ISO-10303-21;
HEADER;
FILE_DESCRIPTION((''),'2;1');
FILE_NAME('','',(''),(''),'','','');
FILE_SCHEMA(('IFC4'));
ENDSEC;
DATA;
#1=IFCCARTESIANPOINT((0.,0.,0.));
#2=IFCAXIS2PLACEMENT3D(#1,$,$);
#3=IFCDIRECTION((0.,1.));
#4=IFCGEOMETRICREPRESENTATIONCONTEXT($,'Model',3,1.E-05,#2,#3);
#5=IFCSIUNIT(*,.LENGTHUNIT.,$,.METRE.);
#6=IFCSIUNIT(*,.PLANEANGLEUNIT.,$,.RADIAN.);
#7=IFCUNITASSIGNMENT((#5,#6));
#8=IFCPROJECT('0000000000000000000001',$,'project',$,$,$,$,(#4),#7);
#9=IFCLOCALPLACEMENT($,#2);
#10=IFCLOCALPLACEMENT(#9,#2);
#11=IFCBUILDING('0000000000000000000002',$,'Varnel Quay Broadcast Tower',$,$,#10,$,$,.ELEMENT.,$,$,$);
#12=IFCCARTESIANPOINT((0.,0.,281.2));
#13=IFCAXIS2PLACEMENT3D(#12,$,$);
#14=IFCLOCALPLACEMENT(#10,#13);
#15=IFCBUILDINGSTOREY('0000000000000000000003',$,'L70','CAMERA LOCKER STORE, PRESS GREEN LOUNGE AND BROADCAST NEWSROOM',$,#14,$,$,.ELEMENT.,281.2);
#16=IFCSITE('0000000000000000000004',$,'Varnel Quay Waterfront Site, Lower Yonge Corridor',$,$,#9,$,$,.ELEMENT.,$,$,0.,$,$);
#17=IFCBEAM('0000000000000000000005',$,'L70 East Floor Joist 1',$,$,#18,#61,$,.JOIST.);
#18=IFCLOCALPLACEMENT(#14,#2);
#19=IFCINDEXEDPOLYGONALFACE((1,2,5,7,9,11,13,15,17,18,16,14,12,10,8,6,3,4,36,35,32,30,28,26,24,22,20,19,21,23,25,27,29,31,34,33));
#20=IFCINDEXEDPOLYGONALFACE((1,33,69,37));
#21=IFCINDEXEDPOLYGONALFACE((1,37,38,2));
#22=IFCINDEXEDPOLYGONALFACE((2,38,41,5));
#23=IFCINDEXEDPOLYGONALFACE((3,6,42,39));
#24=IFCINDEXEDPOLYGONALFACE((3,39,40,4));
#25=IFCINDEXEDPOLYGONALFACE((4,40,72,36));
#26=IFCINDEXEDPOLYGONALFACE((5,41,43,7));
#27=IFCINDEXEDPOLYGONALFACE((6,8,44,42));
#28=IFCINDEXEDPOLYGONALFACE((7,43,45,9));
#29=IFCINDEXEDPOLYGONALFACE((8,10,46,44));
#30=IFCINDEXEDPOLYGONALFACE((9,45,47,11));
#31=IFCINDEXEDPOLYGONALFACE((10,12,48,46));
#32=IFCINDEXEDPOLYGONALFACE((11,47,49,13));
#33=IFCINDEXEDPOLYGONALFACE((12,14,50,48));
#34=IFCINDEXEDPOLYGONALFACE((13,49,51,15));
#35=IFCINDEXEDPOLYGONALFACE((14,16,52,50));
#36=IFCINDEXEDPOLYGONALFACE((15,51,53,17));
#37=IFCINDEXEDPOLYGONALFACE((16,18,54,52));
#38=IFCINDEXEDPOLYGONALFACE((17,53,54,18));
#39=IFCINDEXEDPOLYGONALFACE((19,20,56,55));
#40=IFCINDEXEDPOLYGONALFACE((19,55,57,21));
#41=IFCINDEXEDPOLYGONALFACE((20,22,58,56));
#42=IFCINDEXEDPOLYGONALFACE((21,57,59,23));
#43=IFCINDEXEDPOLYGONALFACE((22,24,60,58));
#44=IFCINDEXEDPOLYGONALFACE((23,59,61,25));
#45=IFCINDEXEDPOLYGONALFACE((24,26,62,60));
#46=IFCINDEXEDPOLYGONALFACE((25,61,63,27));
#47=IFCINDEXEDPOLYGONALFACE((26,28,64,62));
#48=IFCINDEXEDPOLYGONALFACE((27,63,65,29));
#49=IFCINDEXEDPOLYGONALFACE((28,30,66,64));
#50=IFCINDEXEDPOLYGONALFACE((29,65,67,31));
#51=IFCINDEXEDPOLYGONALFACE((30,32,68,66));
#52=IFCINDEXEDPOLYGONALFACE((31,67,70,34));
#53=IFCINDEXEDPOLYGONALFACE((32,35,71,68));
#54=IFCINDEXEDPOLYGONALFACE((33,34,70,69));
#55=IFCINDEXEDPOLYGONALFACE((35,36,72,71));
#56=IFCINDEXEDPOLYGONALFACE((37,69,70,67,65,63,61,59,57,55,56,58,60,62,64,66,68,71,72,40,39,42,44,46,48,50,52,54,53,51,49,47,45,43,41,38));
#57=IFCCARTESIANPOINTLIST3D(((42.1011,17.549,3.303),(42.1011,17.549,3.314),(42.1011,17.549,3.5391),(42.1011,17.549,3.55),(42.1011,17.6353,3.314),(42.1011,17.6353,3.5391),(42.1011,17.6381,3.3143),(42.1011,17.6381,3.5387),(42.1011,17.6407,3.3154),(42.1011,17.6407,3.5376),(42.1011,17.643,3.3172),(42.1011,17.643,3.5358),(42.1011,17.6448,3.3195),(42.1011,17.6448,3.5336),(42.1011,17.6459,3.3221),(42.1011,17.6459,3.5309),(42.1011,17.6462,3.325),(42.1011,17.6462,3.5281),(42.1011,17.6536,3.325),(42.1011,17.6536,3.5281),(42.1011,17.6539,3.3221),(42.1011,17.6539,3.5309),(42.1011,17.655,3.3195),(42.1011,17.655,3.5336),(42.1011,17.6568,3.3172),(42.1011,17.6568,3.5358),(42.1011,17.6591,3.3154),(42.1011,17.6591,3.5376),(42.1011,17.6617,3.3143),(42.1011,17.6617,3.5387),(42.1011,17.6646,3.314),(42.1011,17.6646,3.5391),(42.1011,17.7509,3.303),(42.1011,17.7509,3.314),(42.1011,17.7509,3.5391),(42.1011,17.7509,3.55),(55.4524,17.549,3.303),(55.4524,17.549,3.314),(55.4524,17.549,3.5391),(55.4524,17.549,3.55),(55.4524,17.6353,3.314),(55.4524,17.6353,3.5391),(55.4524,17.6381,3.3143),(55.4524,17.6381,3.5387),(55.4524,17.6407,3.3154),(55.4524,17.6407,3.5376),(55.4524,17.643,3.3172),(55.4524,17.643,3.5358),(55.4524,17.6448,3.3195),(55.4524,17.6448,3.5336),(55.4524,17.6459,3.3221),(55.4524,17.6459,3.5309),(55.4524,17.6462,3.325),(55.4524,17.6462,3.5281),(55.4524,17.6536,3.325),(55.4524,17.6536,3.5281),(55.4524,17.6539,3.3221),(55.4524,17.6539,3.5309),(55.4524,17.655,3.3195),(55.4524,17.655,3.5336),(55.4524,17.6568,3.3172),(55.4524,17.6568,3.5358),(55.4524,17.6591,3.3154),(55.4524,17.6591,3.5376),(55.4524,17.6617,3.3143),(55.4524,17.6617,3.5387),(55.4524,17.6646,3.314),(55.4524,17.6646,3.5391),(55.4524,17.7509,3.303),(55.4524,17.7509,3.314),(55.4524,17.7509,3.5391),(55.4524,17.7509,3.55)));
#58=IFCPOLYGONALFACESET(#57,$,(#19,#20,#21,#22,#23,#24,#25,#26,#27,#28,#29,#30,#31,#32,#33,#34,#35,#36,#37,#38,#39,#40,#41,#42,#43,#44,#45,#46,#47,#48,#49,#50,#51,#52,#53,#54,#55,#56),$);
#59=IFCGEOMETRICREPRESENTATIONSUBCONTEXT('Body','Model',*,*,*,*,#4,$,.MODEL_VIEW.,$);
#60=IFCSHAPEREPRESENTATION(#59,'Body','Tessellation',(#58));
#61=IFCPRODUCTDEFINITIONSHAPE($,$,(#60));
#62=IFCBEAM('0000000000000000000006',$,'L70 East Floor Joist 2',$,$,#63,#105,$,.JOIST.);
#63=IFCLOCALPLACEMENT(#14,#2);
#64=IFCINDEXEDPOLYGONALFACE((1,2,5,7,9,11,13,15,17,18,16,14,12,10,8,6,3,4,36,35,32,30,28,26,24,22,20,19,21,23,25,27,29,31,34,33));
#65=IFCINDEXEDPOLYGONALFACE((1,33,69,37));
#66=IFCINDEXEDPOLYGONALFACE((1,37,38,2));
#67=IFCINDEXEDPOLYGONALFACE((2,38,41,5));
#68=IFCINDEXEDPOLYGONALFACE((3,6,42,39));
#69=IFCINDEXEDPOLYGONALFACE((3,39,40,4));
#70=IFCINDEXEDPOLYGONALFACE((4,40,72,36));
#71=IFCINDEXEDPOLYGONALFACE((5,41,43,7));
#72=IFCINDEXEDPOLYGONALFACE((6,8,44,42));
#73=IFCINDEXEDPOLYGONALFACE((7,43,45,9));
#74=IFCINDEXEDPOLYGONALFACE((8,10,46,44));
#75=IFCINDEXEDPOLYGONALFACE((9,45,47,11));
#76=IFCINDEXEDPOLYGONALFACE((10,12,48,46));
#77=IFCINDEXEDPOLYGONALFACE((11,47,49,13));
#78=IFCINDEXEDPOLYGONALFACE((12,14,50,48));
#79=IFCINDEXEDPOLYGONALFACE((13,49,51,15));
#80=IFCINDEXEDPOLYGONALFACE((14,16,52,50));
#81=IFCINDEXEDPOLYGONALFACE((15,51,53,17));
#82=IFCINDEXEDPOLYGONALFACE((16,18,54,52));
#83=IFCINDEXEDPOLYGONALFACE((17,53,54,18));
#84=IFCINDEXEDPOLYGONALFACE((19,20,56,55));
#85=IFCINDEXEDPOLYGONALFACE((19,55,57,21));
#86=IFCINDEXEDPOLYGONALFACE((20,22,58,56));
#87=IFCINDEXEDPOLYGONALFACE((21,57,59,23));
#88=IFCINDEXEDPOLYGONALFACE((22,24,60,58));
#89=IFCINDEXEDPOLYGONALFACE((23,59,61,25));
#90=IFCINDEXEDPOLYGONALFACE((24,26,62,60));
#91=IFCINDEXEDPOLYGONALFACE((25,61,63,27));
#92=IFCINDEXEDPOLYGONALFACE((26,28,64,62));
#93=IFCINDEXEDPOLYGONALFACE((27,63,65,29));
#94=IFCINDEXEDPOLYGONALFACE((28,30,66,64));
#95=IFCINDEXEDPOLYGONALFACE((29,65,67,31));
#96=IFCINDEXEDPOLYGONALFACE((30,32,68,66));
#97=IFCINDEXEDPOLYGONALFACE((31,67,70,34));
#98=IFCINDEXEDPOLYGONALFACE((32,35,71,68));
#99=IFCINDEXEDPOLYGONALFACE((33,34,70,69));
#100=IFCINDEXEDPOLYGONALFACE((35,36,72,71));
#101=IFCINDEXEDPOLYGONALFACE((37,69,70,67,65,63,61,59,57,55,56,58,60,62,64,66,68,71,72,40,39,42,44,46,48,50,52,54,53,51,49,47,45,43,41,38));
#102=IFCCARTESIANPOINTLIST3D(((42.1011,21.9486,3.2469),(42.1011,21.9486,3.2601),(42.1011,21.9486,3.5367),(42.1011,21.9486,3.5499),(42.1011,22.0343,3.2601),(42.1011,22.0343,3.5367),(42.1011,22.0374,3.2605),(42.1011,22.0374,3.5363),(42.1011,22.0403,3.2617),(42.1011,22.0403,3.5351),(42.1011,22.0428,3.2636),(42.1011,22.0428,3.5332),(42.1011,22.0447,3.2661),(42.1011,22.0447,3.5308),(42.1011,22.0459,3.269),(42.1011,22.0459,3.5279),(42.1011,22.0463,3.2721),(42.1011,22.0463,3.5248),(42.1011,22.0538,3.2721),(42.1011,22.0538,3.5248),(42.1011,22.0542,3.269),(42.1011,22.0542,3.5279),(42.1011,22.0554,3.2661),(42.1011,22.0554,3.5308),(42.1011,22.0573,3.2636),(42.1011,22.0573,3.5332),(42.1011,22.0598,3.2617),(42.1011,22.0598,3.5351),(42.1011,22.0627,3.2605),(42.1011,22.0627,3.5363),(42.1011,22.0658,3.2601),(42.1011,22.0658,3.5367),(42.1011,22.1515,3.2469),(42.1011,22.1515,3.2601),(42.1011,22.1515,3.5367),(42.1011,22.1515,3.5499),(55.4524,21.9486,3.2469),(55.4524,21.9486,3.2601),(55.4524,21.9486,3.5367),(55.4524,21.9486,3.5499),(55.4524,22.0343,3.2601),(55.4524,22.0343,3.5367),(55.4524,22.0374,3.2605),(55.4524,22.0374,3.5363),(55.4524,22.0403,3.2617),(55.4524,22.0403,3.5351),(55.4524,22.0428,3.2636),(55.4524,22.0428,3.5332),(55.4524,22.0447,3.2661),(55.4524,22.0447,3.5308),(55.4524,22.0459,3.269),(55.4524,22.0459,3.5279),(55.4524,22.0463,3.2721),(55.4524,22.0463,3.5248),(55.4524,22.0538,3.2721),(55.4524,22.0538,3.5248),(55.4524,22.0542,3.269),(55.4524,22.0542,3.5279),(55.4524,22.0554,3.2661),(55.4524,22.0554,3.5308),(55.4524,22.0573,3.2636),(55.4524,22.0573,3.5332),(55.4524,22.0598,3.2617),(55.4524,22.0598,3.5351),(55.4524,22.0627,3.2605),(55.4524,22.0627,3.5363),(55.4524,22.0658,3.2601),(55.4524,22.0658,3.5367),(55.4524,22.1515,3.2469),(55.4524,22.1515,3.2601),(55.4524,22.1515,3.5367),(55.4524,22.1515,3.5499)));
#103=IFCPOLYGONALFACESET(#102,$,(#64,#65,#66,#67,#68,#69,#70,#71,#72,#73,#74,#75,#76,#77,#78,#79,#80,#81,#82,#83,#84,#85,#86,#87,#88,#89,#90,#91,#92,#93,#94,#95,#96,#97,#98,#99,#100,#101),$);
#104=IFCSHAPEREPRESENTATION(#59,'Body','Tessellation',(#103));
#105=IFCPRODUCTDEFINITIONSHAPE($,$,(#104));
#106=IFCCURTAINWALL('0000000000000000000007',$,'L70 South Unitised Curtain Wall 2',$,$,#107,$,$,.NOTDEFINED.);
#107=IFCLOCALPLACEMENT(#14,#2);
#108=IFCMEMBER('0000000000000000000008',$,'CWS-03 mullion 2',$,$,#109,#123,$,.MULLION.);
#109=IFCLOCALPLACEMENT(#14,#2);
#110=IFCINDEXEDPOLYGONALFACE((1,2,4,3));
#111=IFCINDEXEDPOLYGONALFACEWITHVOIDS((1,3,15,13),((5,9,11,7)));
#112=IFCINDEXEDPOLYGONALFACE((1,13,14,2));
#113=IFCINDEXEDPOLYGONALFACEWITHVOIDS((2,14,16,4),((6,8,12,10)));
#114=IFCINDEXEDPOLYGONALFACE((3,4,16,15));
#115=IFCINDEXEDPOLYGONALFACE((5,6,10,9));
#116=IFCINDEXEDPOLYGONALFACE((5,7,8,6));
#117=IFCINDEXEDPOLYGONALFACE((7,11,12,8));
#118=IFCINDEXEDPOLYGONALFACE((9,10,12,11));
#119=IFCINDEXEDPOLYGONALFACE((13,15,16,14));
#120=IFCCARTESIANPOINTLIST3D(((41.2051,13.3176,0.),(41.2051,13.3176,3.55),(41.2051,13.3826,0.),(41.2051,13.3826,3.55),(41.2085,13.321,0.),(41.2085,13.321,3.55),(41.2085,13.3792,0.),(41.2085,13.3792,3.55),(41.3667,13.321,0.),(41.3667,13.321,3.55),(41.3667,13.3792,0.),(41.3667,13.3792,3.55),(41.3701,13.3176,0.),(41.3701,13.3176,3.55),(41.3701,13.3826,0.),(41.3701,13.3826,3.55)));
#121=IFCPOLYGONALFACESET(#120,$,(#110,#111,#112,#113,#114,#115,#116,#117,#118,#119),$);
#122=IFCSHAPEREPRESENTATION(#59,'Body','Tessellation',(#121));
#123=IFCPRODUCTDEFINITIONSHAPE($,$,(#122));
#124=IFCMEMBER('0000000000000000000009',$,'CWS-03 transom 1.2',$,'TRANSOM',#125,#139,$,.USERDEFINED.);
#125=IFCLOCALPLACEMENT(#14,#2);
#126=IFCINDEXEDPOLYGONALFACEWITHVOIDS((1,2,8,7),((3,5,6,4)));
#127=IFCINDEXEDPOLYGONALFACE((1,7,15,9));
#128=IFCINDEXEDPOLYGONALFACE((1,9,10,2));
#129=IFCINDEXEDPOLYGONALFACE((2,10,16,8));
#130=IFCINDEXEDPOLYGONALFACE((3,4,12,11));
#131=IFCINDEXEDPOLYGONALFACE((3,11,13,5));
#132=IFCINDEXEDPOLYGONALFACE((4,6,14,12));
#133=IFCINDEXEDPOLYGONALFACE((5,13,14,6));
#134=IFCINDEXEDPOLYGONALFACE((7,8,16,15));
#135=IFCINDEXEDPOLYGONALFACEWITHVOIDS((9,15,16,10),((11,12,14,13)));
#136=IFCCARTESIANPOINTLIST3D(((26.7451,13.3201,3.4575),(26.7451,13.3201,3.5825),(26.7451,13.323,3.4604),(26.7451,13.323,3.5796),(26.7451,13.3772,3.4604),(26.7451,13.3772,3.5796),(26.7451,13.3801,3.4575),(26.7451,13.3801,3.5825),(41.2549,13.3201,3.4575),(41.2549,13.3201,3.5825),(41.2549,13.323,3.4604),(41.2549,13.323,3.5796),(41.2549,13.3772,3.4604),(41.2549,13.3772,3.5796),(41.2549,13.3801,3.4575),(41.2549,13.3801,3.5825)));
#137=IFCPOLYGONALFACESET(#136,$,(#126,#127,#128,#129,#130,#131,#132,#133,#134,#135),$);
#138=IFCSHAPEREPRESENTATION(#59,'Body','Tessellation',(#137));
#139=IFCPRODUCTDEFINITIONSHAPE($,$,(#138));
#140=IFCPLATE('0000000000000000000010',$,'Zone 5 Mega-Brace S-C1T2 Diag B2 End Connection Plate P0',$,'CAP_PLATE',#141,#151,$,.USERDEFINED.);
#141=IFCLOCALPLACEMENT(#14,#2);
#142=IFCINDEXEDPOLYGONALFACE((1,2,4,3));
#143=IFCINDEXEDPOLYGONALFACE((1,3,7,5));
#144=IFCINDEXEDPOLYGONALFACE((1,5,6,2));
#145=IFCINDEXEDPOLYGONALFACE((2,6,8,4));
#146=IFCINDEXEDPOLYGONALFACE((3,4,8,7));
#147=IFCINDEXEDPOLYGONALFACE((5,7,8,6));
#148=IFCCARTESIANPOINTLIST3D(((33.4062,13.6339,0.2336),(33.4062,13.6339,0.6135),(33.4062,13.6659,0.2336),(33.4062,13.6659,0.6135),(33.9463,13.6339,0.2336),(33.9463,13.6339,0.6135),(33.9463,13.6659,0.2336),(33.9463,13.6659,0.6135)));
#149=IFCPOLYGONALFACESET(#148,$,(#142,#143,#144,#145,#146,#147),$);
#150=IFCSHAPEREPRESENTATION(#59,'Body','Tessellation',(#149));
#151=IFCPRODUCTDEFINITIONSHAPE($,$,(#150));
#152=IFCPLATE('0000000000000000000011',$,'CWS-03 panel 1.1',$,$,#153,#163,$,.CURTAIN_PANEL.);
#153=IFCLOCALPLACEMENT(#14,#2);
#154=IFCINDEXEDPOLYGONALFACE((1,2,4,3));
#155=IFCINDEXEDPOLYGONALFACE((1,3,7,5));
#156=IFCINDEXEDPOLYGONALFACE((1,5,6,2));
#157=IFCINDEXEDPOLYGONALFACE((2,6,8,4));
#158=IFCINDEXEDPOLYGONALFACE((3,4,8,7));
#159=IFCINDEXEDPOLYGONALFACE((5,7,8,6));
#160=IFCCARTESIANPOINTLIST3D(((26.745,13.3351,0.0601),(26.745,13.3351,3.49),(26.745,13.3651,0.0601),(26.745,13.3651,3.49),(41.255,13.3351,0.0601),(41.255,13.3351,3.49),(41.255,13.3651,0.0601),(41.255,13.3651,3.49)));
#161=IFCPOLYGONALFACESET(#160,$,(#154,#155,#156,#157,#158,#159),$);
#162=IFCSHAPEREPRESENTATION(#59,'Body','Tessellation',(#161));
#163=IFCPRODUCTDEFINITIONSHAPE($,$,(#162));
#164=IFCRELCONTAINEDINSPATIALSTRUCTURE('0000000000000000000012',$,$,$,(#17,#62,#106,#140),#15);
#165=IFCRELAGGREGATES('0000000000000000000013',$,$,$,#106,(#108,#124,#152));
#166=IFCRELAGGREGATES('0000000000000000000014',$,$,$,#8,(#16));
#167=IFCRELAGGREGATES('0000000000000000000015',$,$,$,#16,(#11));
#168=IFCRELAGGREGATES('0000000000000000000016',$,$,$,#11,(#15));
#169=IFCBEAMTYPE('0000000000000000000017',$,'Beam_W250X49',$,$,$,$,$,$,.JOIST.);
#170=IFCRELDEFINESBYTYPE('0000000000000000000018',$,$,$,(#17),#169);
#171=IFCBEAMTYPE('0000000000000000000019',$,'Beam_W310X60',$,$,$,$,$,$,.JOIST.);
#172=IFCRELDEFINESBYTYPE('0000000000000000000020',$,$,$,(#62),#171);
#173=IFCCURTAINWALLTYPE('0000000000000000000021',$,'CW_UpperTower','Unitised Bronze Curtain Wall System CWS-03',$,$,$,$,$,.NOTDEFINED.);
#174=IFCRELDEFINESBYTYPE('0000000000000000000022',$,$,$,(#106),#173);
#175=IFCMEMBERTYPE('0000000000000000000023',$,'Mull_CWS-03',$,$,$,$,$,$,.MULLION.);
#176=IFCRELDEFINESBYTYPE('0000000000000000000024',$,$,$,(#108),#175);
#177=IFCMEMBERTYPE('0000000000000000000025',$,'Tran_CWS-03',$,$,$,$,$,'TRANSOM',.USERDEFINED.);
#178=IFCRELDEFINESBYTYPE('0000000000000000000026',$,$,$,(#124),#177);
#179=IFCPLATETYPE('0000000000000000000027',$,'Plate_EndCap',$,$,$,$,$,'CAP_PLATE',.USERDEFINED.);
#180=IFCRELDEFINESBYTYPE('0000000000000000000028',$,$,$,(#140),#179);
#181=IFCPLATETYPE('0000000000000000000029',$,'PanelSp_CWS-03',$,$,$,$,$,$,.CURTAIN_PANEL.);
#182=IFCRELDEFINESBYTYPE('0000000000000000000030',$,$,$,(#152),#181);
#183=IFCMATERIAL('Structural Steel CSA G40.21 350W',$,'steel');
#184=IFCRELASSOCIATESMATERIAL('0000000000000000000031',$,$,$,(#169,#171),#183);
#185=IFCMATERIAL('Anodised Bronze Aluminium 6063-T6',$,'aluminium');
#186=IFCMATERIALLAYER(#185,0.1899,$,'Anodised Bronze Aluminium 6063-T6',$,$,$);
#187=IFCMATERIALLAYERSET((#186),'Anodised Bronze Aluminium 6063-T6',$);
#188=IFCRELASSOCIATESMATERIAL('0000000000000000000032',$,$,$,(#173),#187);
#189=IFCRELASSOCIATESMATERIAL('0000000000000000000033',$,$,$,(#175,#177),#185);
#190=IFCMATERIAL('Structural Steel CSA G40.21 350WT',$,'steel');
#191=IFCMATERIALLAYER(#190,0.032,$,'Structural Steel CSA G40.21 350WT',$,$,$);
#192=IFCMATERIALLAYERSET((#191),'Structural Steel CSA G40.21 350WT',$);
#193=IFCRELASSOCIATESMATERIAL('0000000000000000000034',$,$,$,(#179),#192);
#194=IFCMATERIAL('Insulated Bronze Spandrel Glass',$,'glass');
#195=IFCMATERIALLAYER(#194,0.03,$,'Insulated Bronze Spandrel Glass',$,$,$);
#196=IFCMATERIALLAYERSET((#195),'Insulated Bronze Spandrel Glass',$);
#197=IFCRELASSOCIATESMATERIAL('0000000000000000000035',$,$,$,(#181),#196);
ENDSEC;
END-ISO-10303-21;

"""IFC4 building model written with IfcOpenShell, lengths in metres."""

from ifc_helpers import new_model, si_unit, direction, frame, origin, origin_2d, place, context, subcontext, project, spatial, rectangle, hollow_rectangle, i_section, extrude, source, transform, mapped, material, layer, layer_set, material_profile, profile_set, type_object, type_shapes, element, aggregate, save


model = new_model("IFC4")

# Units and contexts
model_context = context("Model", 3, precision=1e-05, world=origin(), true_north=direction((0.0, 1.0)))
body_context = subcontext(model_context, "Body", "Model", "MODEL_VIEW")
ifc_project = project(units=[si_unit("LENGTHUNIT", "METRE"), si_unit("PLANEANGLEUNIT", "RADIAN")], contexts=[model_context])

# Site, building, storey
site_placement = place(None, origin())
site = spatial("IfcSite", under=ifc_project, at=site_placement, Name="Varnel Quay Waterfront Site, Lower Yonge Corridor", CompositionType="ELEMENT", RefElevation=0.0)
building_placement = place(site_placement, origin())
building = spatial("IfcBuilding", under=site, at=building_placement, Name="Varnel Quay Broadcast Tower", CompositionType="ELEMENT")
storey_placement = place(building_placement, frame((0.0, 0.0, 281.2)))
storey = spatial("IfcBuildingStorey", under=building, at=storey_placement, Name="L70", Description="CAMERA LOCKER STORE, PRESS GREEN LOUNGE AND BROADCAST NEWSROOM", CompositionType="ELEMENT", Elevation=281.2)

# Shared definitions
ifc_material_1 = material(Name="Structural Steel CSA G40.21 350W", Category="steel")

# Beams
ifc_material_profile_1 = material_profile(ifc_material_1, i_section(OverallWidth=0.2019, OverallDepth=0.2471, WebThickness=0.0073, FlangeThickness=0.011, FilletRadius=0.011, at=origin_2d()), Name="W250X49")
ifc_profile_set_1 = profile_set([ifc_material_profile_1], Name="Structural Steel CSA G40.21 350W")
beam_type_1 = type_object("IfcBeamType", Name="Beam_W250X49", PredefinedType="JOIST", material=ifc_profile_set_1)
shared_shape_1 = source(origin(), body_context, "Body", "SweptSolid", [
    extrude(i_section(OverallWidth=0.2019, OverallDepth=0.2471, WebThickness=0.0073, FlangeThickness=0.011, FilletRadius=0.011, at=origin_2d()), origin(), (0.0, 0.0, 1.0), 13.3513),
])
type_shapes(beam_type_1, [shared_shape_1])
beam_1_placement = place(storey_placement, frame((42.1011, 17.6499, 3.4265), z_axis=(1.0, 0.0, 0.0), x_axis=(0.0, 1.0, 0.0)))
element("IfcBeam", 1, at=beam_1_placement, inside=storey, type_object=beam_type_1, Name="L70 East Floor Joist 1", PredefinedType="JOIST", context=body_context, shape_type="MappedRepresentation", body=[
    mapped(shared_shape_1, transform((0.0, 0.0, 0.0), x_axis=(1.0, 0.0, 0.0), y_axis=(0.0, 1.0, 0.0), z_axis=(0.0, 0.0, 1.0), scale=1.0)),
])
ifc_material_profile_2 = material_profile(ifc_material_1, i_section(OverallWidth=0.2029, OverallDepth=0.303, WebThickness=0.0076, FlangeThickness=0.0132, FilletRadius=0.012, at=origin_2d()), Name="W310X60")
ifc_profile_set_2 = profile_set([ifc_material_profile_2], Name="Structural Steel CSA G40.21 350W")
beam_type_2 = type_object("IfcBeamType", Name="Beam_W310X60", PredefinedType="JOIST", material=ifc_profile_set_2)
shared_shape_2 = source(origin(), body_context, "Body", "SweptSolid", [
    extrude(i_section(OverallWidth=0.2029, OverallDepth=0.303, WebThickness=0.0076, FlangeThickness=0.0132, FilletRadius=0.012, at=origin_2d()), origin(), (0.0, 0.0, 1.0), 13.3513),
])
type_shapes(beam_type_2, [shared_shape_2])
beam_2_placement = place(storey_placement, frame((42.1011, 22.05, 3.3984), z_axis=(1.0, 0.0, 0.0), x_axis=(0.0, 1.0, 0.0)))
element("IfcBeam", 2, at=beam_2_placement, inside=storey, type_object=beam_type_2, Name="L70 East Floor Joist 2", PredefinedType="JOIST", context=body_context, shape_type="MappedRepresentation", body=[
    mapped(shared_shape_2, transform((0.0, 0.0, 0.0), x_axis=(1.0, 0.0, 0.0), y_axis=(0.0, 1.0, 0.0), z_axis=(0.0, 0.0, 1.0), scale=1.0)),
])

# Curtain wall, members
ifc_material_2 = material(Name="Anodised Bronze Aluminium 6063-T6", Category="aluminium")
ifc_layer_1 = layer(ifc_material_2, 0.1899, Name="Anodised Bronze Aluminium 6063-T6")
ifc_layer_set_1 = layer_set([ifc_layer_1], Name="Anodised Bronze Aluminium 6063-T6")
curtain_wall_type = type_object("IfcCurtainWallType", Name="CW_UpperTower", Description="Unitised Bronze Curtain Wall System CWS-03", PredefinedType="NOTDEFINED", material=ifc_layer_set_1)
curtain_wall_placement = place(storey_placement, origin())
curtain_wall = element("IfcCurtainWall", 3, at=curtain_wall_placement, inside=storey, type_object=curtain_wall_type, Name="L70 South Unitised Curtain Wall 2", PredefinedType="NOTDEFINED")
ifc_material_profile_3 = material_profile(ifc_material_2, hollow_rectangle(XDim=0.0649, YDim=0.165, WallThickness=0.0034, at=origin_2d()), Name="ALU65X165X3.5")
ifc_profile_set_3 = profile_set([ifc_material_profile_3], Name="Anodised Bronze Aluminium 6063-T6")
member_type_1 = type_object("IfcMemberType", Name="Mull_CWS-03", PredefinedType="MULLION", material=ifc_profile_set_3)
shared_shape_3 = source(origin(), body_context, "Body", "SweptSolid", [
    extrude(hollow_rectangle(XDim=0.0649, YDim=0.165, WallThickness=0.0034, at=origin_2d()), origin(), (0.0, 0.0, 1.0), 3.55),
])
type_shapes(member_type_1, [shared_shape_3])
member_1_placement = place(storey_placement, frame((41.2876, 13.3501, 0.0), z_axis=(0.0, 0.0, 1.0), x_axis=(0.0, 1.0, 0.0)))
member_1 = element("IfcMember", 4, at=member_1_placement, type_object=member_type_1, Name="CWS-03 mullion 2", PredefinedType="MULLION", context=body_context, shape_type="MappedRepresentation", body=[
    mapped(shared_shape_3, transform((0.0, 0.0, 0.0), x_axis=(1.0, 0.0, 0.0), y_axis=(0.0, 1.0, 0.0), z_axis=(0.0, 0.0, 1.0), scale=1.0)),
])
ifc_material_profile_4 = material_profile(ifc_material_2, hollow_rectangle(XDim=0.0601, YDim=0.125, WallThickness=0.0029, at=origin_2d()), Name="ALU60X125X3")
ifc_profile_set_4 = profile_set([ifc_material_profile_4], Name="Anodised Bronze Aluminium 6063-T6")
member_type_2 = type_object("IfcMemberType", Name="Tran_CWS-03", ElementType="TRANSOM", PredefinedType="USERDEFINED", material=ifc_profile_set_4)
shared_shape_4 = source(origin(), body_context, "Body", "SweptSolid", [
    extrude(hollow_rectangle(XDim=0.0601, YDim=0.125, WallThickness=0.0029, at=origin_2d()), origin(), (0.0, 0.0, 1.0), 14.5098),
])
type_shapes(member_type_2, [shared_shape_4])
member_2_placement = place(storey_placement, frame((26.7451, 13.3501, 3.52), z_axis=(1.0, 0.0, 0.0), x_axis=(0.0, 1.0, 0.0)))
member_2 = element("IfcMember", 5, at=member_2_placement, type_object=member_type_2, Name="CWS-03 transom 1.2", ObjectType="TRANSOM", PredefinedType="USERDEFINED", context=body_context, shape_type="MappedRepresentation", body=[
    mapped(shared_shape_4, transform((0.0, 0.0, 0.0), x_axis=(1.0, 0.0, 0.0), y_axis=(0.0, 1.0, 0.0), z_axis=(0.0, 0.0, 1.0), scale=1.0)),
])

# Plates
ifc_material_3 = material(Name="Structural Steel CSA G40.21 350WT", Category="steel")
ifc_layer_2 = layer(ifc_material_3, 0.032, Name="Structural Steel CSA G40.21 350WT")
ifc_layer_set_2 = layer_set([ifc_layer_2], Name="Structural Steel CSA G40.21 350WT")
plate_type_1 = type_object("IfcPlateType", Name="Plate_EndCap", ElementType="CAP_PLATE", PredefinedType="USERDEFINED", material=ifc_layer_set_2)
shared_shape_5 = source(origin(), body_context, "Body", "SweptSolid", [
    extrude(rectangle(XDim=0.54, YDim=0.032, at=origin_2d()), origin(), (0.0, 0.0, 1.0), 0.3799),
])
type_shapes(plate_type_1, [shared_shape_5])
plate_1_placement = place(storey_placement, frame((33.6763, 13.6499, 0.2336), z_axis=(0.0, 0.0, 1.0), x_axis=(1.0, 0.0, 0.0)))
element("IfcPlate", 6, at=plate_1_placement, inside=storey, type_object=plate_type_1, Name="Zone 5 Mega-Brace S-C1T2 Diag B2 End Connection Plate P0", ObjectType="CAP_PLATE", PredefinedType="USERDEFINED", context=body_context, shape_type="MappedRepresentation", body=[
    mapped(shared_shape_5, transform((0.0, 0.0, 0.0), x_axis=(1.0, 0.0, 0.0), y_axis=(0.0, 1.0, 0.0), z_axis=(0.0, 0.0, 1.0), scale=1.0)),
])
ifc_material_4 = material(Name="Insulated Bronze Spandrel Glass", Category="glass")
ifc_layer_3 = layer(ifc_material_4, 0.03, Name="Insulated Bronze Spandrel Glass")
ifc_layer_set_3 = layer_set([ifc_layer_3], Name="Insulated Bronze Spandrel Glass")
plate_type_2 = type_object("IfcPlateType", Name="PanelSp_CWS-03", PredefinedType="CURTAIN_PANEL", material=ifc_layer_set_3)
shared_shape_6 = source(origin(), body_context, "Body", "SweptSolid", [
    extrude(rectangle(XDim=14.51, YDim=0.03, at=origin_2d()), origin(), (0.0, 0.0, 1.0), 3.4299),
])
type_shapes(plate_type_2, [shared_shape_6])
plate_2_placement = place(storey_placement, frame((34.0, 13.3501, 0.0601), z_axis=(0.0, 0.0, 1.0), x_axis=(1.0, 0.0, 0.0)))
plate_2 = element("IfcPlate", 7, at=plate_2_placement, type_object=plate_type_2, Name="CWS-03 panel 1.1", PredefinedType="CURTAIN_PANEL", context=body_context, shape_type="MappedRepresentation", body=[
    mapped(shared_shape_6, transform((0.0, 0.0, 0.0), x_axis=(1.0, 0.0, 0.0), y_axis=(0.0, 1.0, 0.0), z_axis=(0.0, 0.0, 1.0), scale=1.0)),
])
aggregate(curtain_wall, [member_1, member_2, plate_2])

save(model, "model.ifc")
